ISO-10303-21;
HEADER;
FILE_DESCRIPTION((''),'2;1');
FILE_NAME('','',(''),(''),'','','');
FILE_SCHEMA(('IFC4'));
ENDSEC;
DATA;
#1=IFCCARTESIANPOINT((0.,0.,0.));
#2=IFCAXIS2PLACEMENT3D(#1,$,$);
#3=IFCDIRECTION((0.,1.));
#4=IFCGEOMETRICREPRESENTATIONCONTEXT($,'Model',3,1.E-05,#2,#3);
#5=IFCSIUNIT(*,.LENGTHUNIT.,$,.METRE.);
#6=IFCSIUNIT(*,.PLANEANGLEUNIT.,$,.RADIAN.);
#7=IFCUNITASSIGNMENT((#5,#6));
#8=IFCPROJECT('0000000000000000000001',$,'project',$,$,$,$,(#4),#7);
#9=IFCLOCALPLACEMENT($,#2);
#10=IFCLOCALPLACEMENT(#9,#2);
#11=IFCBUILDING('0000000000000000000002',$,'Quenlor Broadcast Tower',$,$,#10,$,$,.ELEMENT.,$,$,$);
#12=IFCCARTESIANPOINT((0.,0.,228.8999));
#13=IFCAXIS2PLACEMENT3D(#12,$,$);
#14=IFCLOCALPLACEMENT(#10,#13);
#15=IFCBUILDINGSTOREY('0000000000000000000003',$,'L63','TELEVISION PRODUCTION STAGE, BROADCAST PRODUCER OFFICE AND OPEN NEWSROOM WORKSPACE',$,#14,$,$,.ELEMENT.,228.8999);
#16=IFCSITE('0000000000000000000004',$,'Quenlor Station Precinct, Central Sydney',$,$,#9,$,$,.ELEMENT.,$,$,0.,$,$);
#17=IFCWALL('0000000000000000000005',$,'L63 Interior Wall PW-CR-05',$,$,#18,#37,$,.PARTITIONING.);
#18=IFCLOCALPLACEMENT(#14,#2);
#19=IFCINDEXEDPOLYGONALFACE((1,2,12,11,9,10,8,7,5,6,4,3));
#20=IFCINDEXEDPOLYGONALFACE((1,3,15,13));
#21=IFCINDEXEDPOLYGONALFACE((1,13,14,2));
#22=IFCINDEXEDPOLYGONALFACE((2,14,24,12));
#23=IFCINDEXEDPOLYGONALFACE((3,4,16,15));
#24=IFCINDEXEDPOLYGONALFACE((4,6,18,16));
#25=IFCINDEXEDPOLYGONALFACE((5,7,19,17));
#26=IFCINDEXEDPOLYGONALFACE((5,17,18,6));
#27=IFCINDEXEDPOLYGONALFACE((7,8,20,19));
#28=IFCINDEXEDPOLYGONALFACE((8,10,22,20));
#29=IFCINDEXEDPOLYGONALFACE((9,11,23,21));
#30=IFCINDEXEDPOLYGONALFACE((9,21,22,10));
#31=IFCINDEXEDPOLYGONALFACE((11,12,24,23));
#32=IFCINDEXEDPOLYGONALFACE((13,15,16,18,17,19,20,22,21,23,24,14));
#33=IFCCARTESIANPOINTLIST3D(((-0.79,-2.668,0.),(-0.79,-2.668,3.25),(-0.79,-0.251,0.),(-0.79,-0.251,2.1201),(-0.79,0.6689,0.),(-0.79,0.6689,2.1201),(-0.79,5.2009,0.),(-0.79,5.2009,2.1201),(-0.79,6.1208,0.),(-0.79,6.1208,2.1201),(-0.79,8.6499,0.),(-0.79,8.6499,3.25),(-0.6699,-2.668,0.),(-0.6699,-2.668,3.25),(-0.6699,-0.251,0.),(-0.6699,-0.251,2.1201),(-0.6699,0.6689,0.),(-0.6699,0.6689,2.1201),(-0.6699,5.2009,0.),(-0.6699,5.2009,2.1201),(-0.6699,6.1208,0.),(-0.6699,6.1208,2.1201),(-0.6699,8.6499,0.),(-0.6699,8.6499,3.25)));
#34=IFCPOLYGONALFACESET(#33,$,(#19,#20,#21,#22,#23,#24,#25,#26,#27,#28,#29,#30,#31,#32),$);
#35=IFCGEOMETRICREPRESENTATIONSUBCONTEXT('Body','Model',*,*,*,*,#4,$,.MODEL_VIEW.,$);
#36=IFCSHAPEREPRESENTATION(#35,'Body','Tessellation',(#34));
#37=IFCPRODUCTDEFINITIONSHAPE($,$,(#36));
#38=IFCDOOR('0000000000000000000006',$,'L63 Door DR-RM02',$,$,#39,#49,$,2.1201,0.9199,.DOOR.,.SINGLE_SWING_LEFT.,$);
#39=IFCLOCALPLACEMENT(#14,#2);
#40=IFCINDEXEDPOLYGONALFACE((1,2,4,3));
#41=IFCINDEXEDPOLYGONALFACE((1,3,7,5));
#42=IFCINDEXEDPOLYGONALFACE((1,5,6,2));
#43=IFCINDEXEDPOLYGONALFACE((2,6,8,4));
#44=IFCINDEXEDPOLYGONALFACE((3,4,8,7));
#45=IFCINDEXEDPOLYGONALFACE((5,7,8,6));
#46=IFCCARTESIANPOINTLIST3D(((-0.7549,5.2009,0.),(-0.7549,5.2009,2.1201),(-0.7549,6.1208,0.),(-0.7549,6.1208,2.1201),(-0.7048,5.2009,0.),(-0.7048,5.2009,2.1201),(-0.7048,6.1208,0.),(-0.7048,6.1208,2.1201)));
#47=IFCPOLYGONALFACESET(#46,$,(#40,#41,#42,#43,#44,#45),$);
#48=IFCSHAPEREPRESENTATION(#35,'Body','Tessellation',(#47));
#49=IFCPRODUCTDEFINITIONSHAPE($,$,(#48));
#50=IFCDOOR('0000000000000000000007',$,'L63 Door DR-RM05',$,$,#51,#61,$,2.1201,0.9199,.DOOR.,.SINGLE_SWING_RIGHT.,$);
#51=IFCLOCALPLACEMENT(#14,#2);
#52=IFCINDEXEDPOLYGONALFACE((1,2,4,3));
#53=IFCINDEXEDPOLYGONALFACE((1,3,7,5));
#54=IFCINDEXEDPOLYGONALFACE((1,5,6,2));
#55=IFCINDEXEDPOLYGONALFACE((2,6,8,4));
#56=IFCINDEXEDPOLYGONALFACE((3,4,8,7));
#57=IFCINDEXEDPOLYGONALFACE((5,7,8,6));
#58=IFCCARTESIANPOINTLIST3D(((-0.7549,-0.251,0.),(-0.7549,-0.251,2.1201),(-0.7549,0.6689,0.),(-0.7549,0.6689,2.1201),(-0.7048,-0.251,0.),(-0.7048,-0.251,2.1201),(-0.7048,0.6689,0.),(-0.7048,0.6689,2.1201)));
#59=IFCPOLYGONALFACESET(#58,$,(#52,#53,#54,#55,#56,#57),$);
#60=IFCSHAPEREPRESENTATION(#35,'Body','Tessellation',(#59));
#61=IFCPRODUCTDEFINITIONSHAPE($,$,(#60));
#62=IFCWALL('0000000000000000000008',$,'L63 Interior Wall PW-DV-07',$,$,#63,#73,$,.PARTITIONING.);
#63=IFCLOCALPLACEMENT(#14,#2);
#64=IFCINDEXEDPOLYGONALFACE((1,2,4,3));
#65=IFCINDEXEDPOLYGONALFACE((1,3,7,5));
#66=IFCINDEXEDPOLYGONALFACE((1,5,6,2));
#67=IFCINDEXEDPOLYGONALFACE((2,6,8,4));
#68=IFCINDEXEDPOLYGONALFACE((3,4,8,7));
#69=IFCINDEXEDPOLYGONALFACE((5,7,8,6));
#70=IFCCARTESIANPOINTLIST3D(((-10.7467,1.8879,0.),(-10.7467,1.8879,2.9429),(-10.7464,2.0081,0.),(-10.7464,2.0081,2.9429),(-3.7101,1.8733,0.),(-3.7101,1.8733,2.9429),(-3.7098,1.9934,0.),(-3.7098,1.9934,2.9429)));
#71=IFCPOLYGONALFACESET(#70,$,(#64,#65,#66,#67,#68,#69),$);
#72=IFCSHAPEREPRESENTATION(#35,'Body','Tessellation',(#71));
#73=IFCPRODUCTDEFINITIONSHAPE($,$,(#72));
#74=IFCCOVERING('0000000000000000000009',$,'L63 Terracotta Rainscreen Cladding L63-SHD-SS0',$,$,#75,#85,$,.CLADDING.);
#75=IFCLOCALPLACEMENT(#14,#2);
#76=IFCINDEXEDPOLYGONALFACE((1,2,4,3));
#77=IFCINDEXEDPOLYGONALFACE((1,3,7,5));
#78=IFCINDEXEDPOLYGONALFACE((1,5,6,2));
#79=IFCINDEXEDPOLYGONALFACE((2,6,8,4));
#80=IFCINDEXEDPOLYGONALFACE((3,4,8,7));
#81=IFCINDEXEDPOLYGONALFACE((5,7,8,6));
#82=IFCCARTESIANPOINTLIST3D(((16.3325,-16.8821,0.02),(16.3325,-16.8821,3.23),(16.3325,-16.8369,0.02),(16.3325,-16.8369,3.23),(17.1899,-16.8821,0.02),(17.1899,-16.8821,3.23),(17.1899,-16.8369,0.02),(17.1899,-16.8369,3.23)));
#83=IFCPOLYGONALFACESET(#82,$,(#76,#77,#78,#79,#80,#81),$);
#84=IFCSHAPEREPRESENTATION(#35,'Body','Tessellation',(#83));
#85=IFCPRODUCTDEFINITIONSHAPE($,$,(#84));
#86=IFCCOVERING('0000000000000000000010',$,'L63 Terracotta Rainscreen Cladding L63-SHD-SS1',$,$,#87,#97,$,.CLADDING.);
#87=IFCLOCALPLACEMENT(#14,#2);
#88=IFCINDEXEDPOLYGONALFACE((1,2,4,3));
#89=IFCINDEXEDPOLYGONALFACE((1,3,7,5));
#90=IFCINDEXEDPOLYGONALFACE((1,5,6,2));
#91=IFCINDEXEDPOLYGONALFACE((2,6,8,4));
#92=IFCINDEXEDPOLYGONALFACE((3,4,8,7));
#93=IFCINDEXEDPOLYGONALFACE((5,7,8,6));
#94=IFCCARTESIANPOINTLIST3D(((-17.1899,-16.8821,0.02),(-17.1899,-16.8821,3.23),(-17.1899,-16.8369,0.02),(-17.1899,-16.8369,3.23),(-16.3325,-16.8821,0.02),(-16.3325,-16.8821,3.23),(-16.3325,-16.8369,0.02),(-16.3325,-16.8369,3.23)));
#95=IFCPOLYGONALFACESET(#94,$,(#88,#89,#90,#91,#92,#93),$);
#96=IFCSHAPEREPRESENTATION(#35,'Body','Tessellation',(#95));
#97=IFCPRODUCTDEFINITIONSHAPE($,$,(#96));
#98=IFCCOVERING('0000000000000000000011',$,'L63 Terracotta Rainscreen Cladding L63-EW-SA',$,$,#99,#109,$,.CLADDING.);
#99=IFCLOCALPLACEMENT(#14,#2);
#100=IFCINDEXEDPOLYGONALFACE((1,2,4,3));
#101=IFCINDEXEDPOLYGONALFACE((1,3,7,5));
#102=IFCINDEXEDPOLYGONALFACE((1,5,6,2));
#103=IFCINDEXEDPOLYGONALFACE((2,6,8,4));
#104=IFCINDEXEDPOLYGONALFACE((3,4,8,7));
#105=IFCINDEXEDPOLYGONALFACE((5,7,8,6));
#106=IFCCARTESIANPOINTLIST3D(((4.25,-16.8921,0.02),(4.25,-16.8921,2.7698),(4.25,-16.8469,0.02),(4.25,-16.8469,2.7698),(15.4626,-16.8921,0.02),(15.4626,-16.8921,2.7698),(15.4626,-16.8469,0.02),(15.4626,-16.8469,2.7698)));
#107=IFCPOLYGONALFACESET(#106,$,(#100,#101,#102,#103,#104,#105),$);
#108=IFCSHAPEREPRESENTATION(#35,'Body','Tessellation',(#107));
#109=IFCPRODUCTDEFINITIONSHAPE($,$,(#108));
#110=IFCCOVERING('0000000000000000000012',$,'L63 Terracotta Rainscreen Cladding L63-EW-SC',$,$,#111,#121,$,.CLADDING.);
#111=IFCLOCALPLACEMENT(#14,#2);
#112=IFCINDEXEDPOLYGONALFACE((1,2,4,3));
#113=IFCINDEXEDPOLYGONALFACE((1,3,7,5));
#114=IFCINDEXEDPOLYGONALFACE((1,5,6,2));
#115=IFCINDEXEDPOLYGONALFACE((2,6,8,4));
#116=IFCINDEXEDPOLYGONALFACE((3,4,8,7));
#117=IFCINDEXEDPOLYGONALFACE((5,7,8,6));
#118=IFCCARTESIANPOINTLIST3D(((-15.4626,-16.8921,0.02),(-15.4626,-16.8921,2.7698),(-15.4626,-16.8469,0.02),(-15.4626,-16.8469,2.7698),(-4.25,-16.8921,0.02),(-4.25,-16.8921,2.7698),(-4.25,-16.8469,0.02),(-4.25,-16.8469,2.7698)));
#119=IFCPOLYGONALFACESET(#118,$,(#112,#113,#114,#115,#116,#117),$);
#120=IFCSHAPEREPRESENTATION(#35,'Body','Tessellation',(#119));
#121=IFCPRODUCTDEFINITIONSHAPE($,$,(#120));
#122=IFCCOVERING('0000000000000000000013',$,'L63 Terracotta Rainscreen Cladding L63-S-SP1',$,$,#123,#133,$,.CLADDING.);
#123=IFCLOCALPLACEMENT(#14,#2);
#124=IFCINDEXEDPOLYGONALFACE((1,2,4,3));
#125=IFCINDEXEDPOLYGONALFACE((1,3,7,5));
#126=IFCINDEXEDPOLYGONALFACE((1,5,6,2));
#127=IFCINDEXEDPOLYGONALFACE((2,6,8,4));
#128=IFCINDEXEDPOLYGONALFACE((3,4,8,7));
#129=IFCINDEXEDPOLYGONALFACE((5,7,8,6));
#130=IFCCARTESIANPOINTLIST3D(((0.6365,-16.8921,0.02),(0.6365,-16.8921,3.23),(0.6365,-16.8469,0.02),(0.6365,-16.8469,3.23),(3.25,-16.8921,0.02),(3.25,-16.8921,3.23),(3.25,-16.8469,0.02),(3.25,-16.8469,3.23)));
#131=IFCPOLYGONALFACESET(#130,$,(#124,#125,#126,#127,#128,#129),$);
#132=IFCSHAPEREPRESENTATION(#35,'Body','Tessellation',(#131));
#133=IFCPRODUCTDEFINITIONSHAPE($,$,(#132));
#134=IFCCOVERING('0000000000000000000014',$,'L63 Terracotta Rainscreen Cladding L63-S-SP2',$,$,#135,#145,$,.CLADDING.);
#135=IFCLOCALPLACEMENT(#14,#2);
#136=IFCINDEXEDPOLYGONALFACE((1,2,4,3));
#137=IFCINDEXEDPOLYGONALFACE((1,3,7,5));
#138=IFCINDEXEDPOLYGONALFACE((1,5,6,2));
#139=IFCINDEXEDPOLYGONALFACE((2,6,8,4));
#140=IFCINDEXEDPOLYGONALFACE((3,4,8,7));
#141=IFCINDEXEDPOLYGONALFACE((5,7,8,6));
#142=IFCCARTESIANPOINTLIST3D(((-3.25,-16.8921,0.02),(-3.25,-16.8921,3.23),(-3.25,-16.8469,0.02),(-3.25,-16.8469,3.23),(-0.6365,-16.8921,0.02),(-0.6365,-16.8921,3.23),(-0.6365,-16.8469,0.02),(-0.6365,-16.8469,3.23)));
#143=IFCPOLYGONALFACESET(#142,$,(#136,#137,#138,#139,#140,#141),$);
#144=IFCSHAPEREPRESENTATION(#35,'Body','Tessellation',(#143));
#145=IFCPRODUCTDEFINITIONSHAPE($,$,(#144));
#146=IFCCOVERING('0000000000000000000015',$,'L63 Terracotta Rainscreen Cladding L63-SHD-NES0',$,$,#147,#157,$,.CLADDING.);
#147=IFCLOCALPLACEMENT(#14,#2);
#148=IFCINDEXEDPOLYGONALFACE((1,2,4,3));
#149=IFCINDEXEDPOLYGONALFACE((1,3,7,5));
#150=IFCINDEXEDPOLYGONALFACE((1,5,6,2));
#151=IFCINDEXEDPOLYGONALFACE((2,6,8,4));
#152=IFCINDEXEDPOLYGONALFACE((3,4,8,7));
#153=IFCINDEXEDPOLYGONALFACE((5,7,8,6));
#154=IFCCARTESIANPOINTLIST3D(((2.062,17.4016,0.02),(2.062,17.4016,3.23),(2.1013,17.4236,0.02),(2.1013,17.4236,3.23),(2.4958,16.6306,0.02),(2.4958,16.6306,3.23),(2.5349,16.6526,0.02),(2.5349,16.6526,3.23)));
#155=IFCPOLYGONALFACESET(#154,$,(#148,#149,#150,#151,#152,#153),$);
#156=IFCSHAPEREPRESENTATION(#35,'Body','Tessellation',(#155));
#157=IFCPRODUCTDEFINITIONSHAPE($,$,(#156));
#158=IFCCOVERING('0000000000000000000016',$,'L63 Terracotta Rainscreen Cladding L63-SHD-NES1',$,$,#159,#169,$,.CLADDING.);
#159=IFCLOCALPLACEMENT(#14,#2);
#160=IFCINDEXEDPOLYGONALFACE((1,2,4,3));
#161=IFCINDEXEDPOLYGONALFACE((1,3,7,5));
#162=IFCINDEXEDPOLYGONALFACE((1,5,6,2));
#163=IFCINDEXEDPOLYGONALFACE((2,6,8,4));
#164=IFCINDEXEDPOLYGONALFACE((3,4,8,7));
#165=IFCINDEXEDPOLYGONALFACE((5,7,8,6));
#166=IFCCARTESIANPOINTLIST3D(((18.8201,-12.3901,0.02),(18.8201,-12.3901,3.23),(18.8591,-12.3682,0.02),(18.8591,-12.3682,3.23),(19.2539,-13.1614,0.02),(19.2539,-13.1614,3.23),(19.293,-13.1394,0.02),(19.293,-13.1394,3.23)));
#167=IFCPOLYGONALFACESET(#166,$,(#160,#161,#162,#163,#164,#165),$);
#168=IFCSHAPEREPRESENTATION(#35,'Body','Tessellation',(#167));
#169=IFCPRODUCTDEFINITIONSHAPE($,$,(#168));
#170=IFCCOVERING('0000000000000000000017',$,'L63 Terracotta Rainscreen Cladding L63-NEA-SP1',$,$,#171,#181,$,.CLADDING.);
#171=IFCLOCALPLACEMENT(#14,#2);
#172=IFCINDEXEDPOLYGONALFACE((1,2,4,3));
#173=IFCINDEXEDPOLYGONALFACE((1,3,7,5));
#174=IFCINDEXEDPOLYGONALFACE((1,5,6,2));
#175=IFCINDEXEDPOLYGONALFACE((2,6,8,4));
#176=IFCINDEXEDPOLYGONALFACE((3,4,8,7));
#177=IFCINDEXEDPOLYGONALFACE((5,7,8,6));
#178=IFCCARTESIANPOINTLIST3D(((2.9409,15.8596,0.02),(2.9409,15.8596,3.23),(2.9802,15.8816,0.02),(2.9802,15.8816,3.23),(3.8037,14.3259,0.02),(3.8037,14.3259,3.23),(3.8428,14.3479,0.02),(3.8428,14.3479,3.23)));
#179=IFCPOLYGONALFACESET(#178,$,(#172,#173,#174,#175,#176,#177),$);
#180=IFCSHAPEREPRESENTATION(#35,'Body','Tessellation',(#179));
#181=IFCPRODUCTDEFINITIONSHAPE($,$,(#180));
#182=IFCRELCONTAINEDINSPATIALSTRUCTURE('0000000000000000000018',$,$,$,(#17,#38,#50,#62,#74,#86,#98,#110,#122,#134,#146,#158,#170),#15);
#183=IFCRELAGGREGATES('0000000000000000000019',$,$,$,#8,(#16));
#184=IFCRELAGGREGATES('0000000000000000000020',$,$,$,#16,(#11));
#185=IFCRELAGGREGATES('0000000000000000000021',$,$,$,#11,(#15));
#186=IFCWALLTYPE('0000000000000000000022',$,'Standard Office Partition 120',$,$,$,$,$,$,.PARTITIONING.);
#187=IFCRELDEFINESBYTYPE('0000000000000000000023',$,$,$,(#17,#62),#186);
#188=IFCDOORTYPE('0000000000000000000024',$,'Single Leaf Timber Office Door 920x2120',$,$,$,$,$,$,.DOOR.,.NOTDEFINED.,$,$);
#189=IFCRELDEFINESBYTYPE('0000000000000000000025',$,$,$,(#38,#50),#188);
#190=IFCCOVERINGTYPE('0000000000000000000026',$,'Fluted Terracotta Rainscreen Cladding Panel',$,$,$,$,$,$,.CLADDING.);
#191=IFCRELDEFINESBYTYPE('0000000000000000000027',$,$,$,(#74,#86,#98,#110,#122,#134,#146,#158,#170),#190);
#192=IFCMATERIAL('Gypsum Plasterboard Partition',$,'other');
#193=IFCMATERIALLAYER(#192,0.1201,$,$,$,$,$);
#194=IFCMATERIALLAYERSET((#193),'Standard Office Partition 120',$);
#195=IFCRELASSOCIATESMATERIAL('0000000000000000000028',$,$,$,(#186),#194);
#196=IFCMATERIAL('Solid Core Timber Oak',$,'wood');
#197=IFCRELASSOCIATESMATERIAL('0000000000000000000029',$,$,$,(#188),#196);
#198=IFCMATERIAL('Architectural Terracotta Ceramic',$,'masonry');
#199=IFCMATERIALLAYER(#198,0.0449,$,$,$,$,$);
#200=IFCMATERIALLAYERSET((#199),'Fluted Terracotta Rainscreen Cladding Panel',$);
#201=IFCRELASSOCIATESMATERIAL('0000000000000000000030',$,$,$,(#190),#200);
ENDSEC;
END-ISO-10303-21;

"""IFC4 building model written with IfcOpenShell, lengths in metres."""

from ifc_helpers import new_model, si_unit, direction, frame, frame_2d, origin, place, context, subcontext, project, spatial, polyline, rectangle, outline, extrude, material, layer, layer_set, type_object, element, fill, save


model = new_model("IFC4")

# Units and contexts
model_context = context("Model", 3, precision=1e-05, world=origin(), true_north=direction((0.0, 1.0)))
body_context = subcontext(model_context, "Body", "Model", "MODEL_VIEW")
ifc_project = project(units=[si_unit("LENGTHUNIT", "METRE"), si_unit("PLANEANGLEUNIT", "RADIAN")], contexts=[model_context])

# Site, building, storey
site_placement = place(None, origin())
site = spatial("IfcSite", under=ifc_project, at=site_placement, Name="Quenlor Station Precinct, Central Sydney", CompositionType="ELEMENT", RefElevation=0.0)
building_placement = place(site_placement, origin())
building = spatial("IfcBuilding", under=site, at=building_placement, Name="Quenlor Broadcast Tower", CompositionType="ELEMENT")
storey_placement = place(building_placement, frame((0.0, 0.0, 228.8999)))
storey = spatial("IfcBuildingStorey", under=building, at=storey_placement, Name="L63", Description="TELEVISION PRODUCTION STAGE, BROADCAST PRODUCER OFFICE AND OPEN NEWSROOM WORKSPACE", CompositionType="ELEMENT", Elevation=228.8999)

# Shared definitions
ifc_material_1 = material(Name="Gypsum Plasterboard Partition", Category="other")
ifc_layer_1 = layer(ifc_material_1, 0.1201)
ifc_layer_set_1 = layer_set([ifc_layer_1], Name="Standard Office Partition 120")
wall_type = type_object("IfcWallType", Name="Standard Office Partition 120", PredefinedType="PARTITIONING", material=ifc_layer_set_1)

# Wall, openings, doors
wall_1_placement = place(storey_placement, frame((-0.73, -2.668, 0.0), z_axis=(0.0, 0.0, 1.0), x_axis=(0.0, 1.0, 0.0)))
wall_1 = element("IfcWall", 1, at=wall_1_placement, inside=storey, type_object=wall_type, Name="L63 Interior Wall PW-CR-05", PredefinedType="PARTITIONING", context=body_context, shape_type="SweptSolid", body=[
    extrude(rectangle(XDim=11.3179, YDim=0.1201, at=frame_2d((5.6589, 0.0))), origin(), (0.0, 0.0, 1.0), 3.25),
])
opening_1_placement = place(wall_1_placement, frame((7.8689, 0.0, 0.0)))
opening_1 = element("IfcOpeningElement", 2, at=opening_1_placement, cuts=wall_1, PredefinedType="OPENING", context=body_context, shape_type="SweptSolid", body=[
    extrude(rectangle(XDim=0.9199, YDim=2.1201, at=frame_2d((0.46, 1.0601))), frame((0.0, 0.0701, 0.0), z_axis=(0.0, -1.0, 0.0), x_axis=(1.0, 0.0, 0.0)), (0.0, 0.0, 1.0), 0.1401),
])
opening_2_placement = place(wall_1_placement, frame((2.417, 0.0, 0.0)))
opening_2 = element("IfcOpeningElement", 3, at=opening_2_placement, cuts=wall_1, PredefinedType="OPENING", context=body_context, shape_type="SweptSolid", body=[
    extrude(rectangle(XDim=0.9199, YDim=2.1201, at=frame_2d((0.46, 1.0601))), frame((0.0, 0.0701, 0.0), z_axis=(0.0, -1.0, 0.0), x_axis=(1.0, 0.0, 0.0)), (0.0, 0.0, 1.0), 0.1401),
])
ifc_material_2 = material(Name="Solid Core Timber Oak", Category="wood")
door_type = type_object("IfcDoorType", Name="Single Leaf Timber Office Door 920x2120", OperationType="NOTDEFINED", PredefinedType="DOOR", material=ifc_material_2)
door_1_placement = place(opening_1_placement, origin())
door_1 = element("IfcDoor", 4, at=door_1_placement, inside=storey, type_object=door_type, Name="L63 Door DR-RM02", OperationType="SINGLE_SWING_LEFT", OverallHeight=2.1201, OverallWidth=0.9199, PredefinedType="DOOR", context=body_context, shape_type="SweptSolid", body=[
    extrude(rectangle(XDim=0.9199, YDim=2.1201, at=frame_2d((0.46, 1.0601))), frame((0.0, 0.0249, 0.0), z_axis=(0.0, -1.0, 0.0), x_axis=(1.0, 0.0, 0.0)), (0.0, 0.0, 1.0), 0.05),
])
fill(opening_1, door_1)
door_2_placement = place(opening_2_placement, origin())
door_2 = element("IfcDoor", 5, at=door_2_placement, inside=storey, type_object=door_type, Name="L63 Door DR-RM05", OperationType="SINGLE_SWING_RIGHT", OverallHeight=2.1201, OverallWidth=0.9199, PredefinedType="DOOR", context=body_context, shape_type="SweptSolid", body=[
    extrude(rectangle(XDim=0.9199, YDim=2.1201, at=frame_2d((0.46, 1.0601))), frame((0.0, 0.0249, 0.0), z_axis=(0.0, -1.0, 0.0), x_axis=(1.0, 0.0, 0.0)), (0.0, 0.0, 1.0), 0.05),
])
fill(opening_2, door_2)

# Wall
wall_2_placement = place(storey_placement, frame((-3.71, 1.9333, 0.0), z_axis=(0.0, 0.0, 1.0), x_axis=(-0.999998, 0.002082, 0.0)))
element("IfcWall", 6, at=wall_2_placement, inside=storey, type_object=wall_type, Name="L63 Interior Wall PW-DV-07", PredefinedType="PARTITIONING", context=body_context, shape_type="SweptSolid", body=[
    extrude(rectangle(XDim=7.0366, YDim=0.1201, at=frame_2d((3.5183, 0.0))), origin(), (0.0, 0.0, 1.0), 2.9429),
])

# Coverings
ifc_material_3 = material(Name="Architectural Terracotta Ceramic", Category="masonry")
ifc_layer_2 = layer(ifc_material_3, 0.0449)
ifc_layer_set_2 = layer_set([ifc_layer_2], Name="Fluted Terracotta Rainscreen Cladding Panel")
covering_type = type_object("IfcCoveringType", Name="Fluted Terracotta Rainscreen Cladding Panel", PredefinedType="CLADDING", material=ifc_layer_set_2)
covering_1_placement = place(storey_placement, frame((0.0, 0.0, 0.02)))
element("IfcCovering", 7, at=covering_1_placement, inside=storey, type_object=covering_type, Name="L63 Terracotta Rainscreen Cladding L63-SHD-SS0", PredefinedType="CLADDING", context=body_context, shape_type="SweptSolid", body=[
    extrude(outline(polyline([(17.1899, -16.8369), (16.3325, -16.8369), (16.3325, -16.8821), (17.1899, -16.8821), (17.1899, -16.8369)])), origin(), (0.0, 0.0, 1.0), 3.21),
])
covering_2_placement = place(storey_placement, frame((0.0, 0.0, 0.02)))
element("IfcCovering", 8, at=covering_2_placement, inside=storey, type_object=covering_type, Name="L63 Terracotta Rainscreen Cladding L63-SHD-SS1", PredefinedType="CLADDING", context=body_context, shape_type="SweptSolid", body=[
    extrude(outline(polyline([(-16.3325, -16.8369), (-17.1899, -16.8369), (-17.1899, -16.8821), (-16.3325, -16.8821), (-16.3325, -16.8369)])), origin(), (0.0, 0.0, 1.0), 3.21),
])
covering_3_placement = place(storey_placement, frame((0.0, 0.0, 0.02)))
element("IfcCovering", 9, at=covering_3_placement, inside=storey, type_object=covering_type, Name="L63 Terracotta Rainscreen Cladding L63-EW-SA", PredefinedType="CLADDING", context=body_context, shape_type="SweptSolid", body=[
    extrude(outline(polyline([(15.4626, -16.8469), (4.25, -16.8469), (4.25, -16.8921), (15.4626, -16.8921), (15.4626, -16.8469)])), origin(), (0.0, 0.0, 1.0), 2.7498),
])
covering_4_placement = place(storey_placement, frame((0.0, 0.0, 0.02)))
element("IfcCovering", 10, at=covering_4_placement, inside=storey, type_object=covering_type, Name="L63 Terracotta Rainscreen Cladding L63-EW-SC", PredefinedType="CLADDING", context=body_context, shape_type="SweptSolid", body=[
    extrude(outline(polyline([(-4.25, -16.8469), (-15.4626, -16.8469), (-15.4626, -16.8921), (-4.25, -16.8921), (-4.25, -16.8469)])), origin(), (0.0, 0.0, 1.0), 2.7498),
])
covering_5_placement = place(storey_placement, frame((0.0, 0.0, 0.02)))
element("IfcCovering", 11, at=covering_5_placement, inside=storey, type_object=covering_type, Name="L63 Terracotta Rainscreen Cladding L63-S-SP1", PredefinedType="CLADDING", context=body_context, shape_type="SweptSolid", body=[
    extrude(outline(polyline([(3.25, -16.8469), (0.6365, -16.8469), (0.6365, -16.8921), (3.25, -16.8921), (3.25, -16.8469)])), origin(), (0.0, 0.0, 1.0), 3.21),
])
covering_6_placement = place(storey_placement, frame((0.0, 0.0, 0.02)))
element("IfcCovering", 12, at=covering_6_placement, inside=storey, type_object=covering_type, Name="L63 Terracotta Rainscreen Cladding L63-S-SP2", PredefinedType="CLADDING", context=body_context, shape_type="SweptSolid", body=[
    extrude(outline(polyline([(-0.6365, -16.8469), (-3.25, -16.8469), (-3.25, -16.8921), (-0.6365, -16.8921), (-0.6365, -16.8469)])), origin(), (0.0, 0.0, 1.0), 3.21),
])
covering_7_placement = place(storey_placement, frame((0.0, 0.0, 0.02)))
element("IfcCovering", 13, at=covering_7_placement, inside=storey, type_object=covering_type, Name="L63 Terracotta Rainscreen Cladding L63-SHD-NES0", PredefinedType="CLADDING", context=body_context, shape_type="SweptSolid", body=[
    extrude(outline(polyline([(2.062, 17.4016), (2.4958, 16.6306), (2.5349, 16.6526), (2.1013, 17.4236), (2.062, 17.4016)])), origin(), (0.0, 0.0, 1.0), 3.21),
])
covering_8_placement = place(storey_placement, frame((0.0, 0.0, 0.02)))
element("IfcCovering", 14, at=covering_8_placement, inside=storey, type_object=covering_type, Name="L63 Terracotta Rainscreen Cladding L63-SHD-NES1", PredefinedType="CLADDING", context=body_context, shape_type="SweptSolid", body=[
    extrude(outline(polyline([(18.8201, -12.3901), (19.2539, -13.1614), (19.293, -13.1394), (18.8591, -12.3682), (18.8201, -12.3901)])), origin(), (0.0, 0.0, 1.0), 3.21),
])
covering_9_placement = place(storey_placement, frame((0.0, 0.0, 0.02)))
element("IfcCovering", 15, at=covering_9_placement, inside=storey, type_object=covering_type, Name="L63 Terracotta Rainscreen Cladding L63-NEA-SP1", PredefinedType="CLADDING", context=body_context, shape_type="SweptSolid", body=[
    extrude(outline(polyline([(2.9409, 15.8596), (3.8037, 14.3259), (3.8428, 14.3479), (2.9802, 15.8816), (2.9409, 15.8596)])), origin(), (0.0, 0.0, 1.0), 3.21),
])

save(model, "model.ifc")
